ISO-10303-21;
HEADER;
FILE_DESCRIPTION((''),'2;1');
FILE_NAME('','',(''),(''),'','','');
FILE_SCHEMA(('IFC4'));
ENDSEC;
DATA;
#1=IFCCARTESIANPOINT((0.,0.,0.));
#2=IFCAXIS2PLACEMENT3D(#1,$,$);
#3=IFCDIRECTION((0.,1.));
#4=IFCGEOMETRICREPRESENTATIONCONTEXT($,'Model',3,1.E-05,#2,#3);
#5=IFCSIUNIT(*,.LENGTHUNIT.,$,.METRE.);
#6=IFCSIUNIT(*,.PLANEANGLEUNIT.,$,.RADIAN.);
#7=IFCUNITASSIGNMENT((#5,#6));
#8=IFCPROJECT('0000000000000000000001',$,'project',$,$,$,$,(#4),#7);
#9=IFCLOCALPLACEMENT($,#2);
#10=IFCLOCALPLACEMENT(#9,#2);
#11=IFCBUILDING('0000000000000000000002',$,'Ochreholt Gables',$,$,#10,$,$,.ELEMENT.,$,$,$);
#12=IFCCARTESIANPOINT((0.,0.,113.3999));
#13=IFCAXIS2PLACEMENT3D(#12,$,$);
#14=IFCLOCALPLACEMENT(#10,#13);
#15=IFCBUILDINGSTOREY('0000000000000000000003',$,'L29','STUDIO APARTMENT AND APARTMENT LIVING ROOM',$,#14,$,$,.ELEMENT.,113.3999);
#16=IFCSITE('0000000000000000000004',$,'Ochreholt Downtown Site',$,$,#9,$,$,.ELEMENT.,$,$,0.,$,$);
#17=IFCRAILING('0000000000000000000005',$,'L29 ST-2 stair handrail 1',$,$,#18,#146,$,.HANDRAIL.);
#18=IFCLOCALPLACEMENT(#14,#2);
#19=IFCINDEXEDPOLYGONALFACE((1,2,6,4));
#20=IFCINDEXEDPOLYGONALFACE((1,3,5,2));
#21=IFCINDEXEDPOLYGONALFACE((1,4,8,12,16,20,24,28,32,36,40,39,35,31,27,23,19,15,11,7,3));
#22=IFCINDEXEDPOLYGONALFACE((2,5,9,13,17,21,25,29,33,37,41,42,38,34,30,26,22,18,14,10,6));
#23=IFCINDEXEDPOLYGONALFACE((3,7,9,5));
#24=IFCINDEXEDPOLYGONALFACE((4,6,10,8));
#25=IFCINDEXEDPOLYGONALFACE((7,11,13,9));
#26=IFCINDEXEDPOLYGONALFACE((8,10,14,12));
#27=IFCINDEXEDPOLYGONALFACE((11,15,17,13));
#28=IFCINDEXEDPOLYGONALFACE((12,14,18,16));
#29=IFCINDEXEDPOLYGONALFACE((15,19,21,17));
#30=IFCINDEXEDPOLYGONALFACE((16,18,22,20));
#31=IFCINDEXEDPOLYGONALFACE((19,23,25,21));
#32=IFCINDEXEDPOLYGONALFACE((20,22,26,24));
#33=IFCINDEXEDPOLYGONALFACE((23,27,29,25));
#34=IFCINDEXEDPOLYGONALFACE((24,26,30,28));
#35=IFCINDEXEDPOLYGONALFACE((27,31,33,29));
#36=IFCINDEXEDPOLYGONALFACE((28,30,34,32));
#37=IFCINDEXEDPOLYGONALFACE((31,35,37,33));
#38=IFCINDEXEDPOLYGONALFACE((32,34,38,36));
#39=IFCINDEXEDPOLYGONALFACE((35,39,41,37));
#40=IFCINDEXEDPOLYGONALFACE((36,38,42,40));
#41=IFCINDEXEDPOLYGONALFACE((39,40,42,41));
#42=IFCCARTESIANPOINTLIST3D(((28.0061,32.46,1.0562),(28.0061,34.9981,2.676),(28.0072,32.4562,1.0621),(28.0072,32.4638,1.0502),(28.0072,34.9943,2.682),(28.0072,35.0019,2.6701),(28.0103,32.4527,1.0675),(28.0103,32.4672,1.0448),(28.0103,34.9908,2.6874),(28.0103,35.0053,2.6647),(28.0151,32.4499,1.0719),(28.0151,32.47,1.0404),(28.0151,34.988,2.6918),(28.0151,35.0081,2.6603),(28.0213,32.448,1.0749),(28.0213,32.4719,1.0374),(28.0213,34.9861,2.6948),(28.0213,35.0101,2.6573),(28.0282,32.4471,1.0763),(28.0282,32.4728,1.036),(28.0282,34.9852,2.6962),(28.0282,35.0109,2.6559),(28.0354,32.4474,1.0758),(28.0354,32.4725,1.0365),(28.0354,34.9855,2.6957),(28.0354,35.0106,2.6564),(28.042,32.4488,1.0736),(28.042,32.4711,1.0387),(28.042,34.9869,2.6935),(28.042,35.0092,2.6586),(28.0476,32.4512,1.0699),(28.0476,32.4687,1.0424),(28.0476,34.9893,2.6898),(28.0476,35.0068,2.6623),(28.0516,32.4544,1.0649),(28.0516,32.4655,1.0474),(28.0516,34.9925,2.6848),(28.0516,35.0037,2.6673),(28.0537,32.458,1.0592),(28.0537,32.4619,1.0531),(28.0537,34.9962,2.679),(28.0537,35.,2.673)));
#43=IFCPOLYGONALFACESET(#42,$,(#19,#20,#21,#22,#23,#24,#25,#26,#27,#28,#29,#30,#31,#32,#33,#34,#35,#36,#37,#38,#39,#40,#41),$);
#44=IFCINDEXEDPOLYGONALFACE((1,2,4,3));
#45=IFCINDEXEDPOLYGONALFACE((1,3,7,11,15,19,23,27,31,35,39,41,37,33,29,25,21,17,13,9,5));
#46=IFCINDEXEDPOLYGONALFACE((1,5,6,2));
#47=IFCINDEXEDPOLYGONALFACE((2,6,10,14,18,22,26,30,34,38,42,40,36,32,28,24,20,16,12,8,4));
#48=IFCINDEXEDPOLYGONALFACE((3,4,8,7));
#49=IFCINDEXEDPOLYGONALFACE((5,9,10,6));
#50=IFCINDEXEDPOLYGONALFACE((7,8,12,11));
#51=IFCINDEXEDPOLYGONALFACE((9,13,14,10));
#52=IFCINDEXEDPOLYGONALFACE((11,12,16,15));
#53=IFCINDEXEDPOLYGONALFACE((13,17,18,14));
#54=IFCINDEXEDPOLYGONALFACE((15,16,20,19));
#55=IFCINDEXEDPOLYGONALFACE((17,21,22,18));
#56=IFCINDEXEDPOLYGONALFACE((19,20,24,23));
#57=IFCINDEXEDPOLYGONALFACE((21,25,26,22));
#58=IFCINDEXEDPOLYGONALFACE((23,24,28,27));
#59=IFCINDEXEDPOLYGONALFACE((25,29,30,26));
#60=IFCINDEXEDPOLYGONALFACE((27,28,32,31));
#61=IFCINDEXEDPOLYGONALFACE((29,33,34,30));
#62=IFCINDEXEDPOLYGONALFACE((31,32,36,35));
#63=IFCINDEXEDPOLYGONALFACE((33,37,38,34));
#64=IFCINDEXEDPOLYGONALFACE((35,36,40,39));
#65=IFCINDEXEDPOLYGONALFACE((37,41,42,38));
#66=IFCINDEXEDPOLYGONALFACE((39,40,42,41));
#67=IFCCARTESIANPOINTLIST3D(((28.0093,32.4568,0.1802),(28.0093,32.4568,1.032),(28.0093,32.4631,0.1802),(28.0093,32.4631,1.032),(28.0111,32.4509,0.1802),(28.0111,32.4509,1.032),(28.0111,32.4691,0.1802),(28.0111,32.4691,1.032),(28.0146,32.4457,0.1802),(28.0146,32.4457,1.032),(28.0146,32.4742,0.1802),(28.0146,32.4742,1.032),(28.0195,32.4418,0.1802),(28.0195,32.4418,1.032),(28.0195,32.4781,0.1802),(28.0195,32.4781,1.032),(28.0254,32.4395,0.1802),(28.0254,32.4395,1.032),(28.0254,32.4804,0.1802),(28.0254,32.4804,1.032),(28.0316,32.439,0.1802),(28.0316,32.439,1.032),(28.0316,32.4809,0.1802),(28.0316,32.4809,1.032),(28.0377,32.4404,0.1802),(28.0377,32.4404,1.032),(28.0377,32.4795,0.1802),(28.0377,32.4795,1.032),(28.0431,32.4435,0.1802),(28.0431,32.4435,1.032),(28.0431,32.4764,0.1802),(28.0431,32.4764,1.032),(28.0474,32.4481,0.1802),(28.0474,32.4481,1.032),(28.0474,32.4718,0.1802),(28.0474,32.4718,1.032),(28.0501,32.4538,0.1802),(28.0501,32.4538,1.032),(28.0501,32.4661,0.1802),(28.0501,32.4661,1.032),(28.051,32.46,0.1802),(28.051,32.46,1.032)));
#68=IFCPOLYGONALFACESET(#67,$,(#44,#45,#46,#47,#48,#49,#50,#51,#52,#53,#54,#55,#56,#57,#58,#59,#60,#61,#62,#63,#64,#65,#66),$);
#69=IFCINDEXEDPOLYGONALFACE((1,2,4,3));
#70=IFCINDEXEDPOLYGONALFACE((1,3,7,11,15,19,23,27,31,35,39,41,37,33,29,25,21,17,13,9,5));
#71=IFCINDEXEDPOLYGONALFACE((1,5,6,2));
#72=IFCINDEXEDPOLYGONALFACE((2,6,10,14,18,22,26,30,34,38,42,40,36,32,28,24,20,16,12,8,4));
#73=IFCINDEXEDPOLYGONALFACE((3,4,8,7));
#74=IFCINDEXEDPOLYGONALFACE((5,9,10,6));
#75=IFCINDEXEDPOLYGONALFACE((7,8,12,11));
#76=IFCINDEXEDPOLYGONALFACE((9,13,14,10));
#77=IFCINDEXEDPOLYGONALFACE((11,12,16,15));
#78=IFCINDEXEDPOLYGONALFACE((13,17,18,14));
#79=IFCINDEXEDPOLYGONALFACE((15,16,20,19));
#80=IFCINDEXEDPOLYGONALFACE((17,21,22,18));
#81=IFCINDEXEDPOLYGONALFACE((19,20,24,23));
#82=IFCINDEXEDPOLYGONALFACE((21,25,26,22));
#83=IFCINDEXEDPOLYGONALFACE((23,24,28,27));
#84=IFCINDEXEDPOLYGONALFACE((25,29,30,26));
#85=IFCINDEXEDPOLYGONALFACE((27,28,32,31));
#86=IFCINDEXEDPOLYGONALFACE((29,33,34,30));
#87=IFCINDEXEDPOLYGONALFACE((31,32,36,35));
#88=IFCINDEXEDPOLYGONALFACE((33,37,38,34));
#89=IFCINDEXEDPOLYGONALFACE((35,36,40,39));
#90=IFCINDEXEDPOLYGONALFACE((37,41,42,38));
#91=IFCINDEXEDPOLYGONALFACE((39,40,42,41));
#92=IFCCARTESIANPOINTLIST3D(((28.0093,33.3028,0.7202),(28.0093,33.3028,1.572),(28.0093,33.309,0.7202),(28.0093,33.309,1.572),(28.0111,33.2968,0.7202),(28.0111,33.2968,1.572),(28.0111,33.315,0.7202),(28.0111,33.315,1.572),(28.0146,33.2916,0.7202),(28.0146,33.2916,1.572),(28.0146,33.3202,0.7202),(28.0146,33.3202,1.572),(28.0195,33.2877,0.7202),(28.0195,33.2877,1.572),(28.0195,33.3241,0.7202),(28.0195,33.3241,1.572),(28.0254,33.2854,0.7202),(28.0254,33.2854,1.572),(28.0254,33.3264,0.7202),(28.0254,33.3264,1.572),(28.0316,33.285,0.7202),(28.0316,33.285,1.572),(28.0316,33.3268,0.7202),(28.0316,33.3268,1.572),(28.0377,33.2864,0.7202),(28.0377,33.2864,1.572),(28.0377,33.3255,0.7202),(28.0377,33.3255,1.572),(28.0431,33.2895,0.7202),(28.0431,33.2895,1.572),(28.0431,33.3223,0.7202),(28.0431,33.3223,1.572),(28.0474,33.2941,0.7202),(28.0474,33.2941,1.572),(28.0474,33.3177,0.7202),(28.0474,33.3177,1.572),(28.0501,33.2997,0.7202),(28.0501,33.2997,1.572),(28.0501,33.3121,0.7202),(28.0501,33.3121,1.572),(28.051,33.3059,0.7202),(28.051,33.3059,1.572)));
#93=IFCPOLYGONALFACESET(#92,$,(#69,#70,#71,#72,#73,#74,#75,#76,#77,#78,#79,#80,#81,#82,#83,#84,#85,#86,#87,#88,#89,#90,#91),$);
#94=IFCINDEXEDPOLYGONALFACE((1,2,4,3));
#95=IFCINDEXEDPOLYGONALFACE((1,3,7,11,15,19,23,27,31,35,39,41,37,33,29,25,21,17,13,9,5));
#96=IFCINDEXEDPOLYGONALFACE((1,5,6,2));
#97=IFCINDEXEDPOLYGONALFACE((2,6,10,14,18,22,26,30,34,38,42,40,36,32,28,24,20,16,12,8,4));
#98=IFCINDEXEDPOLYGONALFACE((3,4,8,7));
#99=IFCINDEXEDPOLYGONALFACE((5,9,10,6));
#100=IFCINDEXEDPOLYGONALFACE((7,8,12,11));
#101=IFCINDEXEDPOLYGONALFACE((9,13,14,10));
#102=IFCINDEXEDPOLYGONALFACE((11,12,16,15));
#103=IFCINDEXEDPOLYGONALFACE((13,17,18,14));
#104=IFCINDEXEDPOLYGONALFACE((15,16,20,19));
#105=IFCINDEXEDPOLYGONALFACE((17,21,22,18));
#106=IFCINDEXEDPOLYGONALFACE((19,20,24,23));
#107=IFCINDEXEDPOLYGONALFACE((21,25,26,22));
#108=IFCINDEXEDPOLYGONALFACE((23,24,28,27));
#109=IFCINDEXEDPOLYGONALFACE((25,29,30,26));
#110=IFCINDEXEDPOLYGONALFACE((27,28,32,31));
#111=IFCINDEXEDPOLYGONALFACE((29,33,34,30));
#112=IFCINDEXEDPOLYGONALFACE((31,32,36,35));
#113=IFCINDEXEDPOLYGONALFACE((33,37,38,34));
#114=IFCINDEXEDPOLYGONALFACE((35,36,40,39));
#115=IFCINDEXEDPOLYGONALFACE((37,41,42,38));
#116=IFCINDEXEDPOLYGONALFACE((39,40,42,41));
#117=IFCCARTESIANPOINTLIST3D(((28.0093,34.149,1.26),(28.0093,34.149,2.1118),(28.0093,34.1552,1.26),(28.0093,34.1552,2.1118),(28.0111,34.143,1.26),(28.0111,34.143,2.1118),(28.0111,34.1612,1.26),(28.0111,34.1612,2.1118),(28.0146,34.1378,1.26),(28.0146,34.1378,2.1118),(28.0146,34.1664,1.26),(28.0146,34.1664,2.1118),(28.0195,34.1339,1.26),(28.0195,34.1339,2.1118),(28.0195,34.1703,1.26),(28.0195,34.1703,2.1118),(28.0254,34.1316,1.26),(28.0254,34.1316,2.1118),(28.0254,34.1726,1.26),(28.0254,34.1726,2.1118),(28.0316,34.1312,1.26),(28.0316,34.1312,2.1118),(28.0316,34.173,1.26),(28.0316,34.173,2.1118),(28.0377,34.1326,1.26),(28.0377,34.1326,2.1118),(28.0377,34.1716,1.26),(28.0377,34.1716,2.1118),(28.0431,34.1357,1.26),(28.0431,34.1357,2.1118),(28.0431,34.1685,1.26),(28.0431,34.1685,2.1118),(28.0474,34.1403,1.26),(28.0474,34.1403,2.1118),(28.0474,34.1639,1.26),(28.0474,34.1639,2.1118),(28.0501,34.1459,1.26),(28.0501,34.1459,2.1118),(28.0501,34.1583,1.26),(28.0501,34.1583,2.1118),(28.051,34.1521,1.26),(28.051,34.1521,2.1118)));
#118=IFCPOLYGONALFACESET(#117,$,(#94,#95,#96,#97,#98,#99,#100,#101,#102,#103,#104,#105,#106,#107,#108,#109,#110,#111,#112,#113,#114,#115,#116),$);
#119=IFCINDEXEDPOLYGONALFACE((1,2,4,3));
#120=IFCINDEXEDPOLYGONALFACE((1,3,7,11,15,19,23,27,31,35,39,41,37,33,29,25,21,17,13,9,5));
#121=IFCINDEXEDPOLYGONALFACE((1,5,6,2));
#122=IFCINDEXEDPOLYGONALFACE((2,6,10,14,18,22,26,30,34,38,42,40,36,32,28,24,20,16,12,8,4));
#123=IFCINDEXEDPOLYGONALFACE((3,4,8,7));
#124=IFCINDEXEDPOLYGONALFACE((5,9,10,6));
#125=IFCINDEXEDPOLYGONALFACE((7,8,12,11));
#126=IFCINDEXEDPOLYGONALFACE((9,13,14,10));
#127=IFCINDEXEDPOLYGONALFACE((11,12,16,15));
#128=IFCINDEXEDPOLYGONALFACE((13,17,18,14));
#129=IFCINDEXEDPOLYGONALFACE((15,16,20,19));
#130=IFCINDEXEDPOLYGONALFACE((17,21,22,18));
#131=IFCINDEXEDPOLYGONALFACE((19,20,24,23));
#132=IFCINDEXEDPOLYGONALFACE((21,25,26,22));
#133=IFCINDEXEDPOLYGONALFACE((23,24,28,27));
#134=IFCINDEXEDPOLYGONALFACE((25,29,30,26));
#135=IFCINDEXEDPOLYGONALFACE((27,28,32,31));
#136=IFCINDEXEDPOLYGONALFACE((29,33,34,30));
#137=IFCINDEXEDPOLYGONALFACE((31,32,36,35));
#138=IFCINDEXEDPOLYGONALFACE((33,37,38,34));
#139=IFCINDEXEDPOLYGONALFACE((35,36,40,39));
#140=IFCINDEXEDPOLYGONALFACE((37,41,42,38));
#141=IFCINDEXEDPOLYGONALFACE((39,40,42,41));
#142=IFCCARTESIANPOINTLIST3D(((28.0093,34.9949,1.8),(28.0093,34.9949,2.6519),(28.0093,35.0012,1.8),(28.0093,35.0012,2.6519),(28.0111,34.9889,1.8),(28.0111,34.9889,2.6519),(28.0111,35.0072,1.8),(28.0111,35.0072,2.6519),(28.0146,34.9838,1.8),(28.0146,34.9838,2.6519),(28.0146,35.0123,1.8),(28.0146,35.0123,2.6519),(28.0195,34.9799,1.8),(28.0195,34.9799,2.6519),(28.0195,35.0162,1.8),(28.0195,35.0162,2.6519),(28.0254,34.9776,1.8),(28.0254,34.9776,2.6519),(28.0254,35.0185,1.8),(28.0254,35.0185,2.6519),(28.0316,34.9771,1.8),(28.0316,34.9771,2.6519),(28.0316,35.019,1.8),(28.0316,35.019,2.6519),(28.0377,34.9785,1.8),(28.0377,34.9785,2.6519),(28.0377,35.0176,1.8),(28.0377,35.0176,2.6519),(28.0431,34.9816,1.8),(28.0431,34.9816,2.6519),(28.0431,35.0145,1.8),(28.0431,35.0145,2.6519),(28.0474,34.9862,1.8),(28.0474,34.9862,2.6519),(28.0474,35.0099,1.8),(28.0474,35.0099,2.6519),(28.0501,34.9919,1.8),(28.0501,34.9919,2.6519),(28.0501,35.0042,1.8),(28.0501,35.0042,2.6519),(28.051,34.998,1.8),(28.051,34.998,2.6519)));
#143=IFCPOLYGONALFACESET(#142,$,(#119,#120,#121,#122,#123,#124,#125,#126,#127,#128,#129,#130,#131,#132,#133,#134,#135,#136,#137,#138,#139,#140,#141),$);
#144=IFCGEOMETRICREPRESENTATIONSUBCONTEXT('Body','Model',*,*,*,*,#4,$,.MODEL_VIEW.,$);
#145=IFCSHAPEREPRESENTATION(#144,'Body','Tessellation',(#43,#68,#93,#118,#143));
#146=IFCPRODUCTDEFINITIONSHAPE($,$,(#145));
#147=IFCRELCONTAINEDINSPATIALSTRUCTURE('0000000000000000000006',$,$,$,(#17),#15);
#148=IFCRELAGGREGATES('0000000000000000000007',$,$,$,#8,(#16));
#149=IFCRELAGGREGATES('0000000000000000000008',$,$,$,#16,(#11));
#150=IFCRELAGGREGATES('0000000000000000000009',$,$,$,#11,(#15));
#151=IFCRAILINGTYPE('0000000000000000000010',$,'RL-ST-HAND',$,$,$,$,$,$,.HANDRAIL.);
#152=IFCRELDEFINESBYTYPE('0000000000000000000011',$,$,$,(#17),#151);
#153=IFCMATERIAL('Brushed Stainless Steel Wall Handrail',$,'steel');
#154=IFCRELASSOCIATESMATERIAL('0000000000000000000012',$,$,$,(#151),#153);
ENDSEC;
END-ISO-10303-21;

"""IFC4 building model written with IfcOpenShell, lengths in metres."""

from ifc_helpers import new_model, si_unit, direction, frame, origin, origin_2d, place, context, subcontext, project, spatial, circle, extrude, material, type_object, element, save


model = new_model("IFC4")

# Units and contexts
model_context = context("Model", 3, precision=1e-05, world=origin(), true_north=direction((0.0, 1.0)))
body_context = subcontext(model_context, "Body", "Model", "MODEL_VIEW")
ifc_project = project(units=[si_unit("LENGTHUNIT", "METRE"), si_unit("PLANEANGLEUNIT", "RADIAN")], contexts=[model_context])

# Site, building, storey
site_placement = place(None, origin())
site = spatial("IfcSite", under=ifc_project, at=site_placement, Name="Ochreholt Downtown Site", CompositionType="ELEMENT", RefElevation=0.0)
building_placement = place(site_placement, origin())
building = spatial("IfcBuilding", under=site, at=building_placement, Name="Ochreholt Gables", CompositionType="ELEMENT")
storey_placement = place(building_placement, frame((0.0, 0.0, 113.3999)))
storey = spatial("IfcBuildingStorey", under=building, at=storey_placement, Name="L29", Description="STUDIO APARTMENT AND APARTMENT LIVING ROOM", CompositionType="ELEMENT", Elevation=113.3999)

# Railing
ifc_material_1 = material(Name="Brushed Stainless Steel Wall Handrail", Category="steel")
railing_type_1 = type_object("IfcRailingType", Name="RL-ST-HAND", PredefinedType="HANDRAIL", material=ifc_material_1)
railing_1_placement = place(storey_placement, frame((28.03, 32.46, 0.1802)))
element("IfcRailing", 1, at=railing_1_placement, inside=storey, type_object=railing_type_1, Name="L29 ST-2 stair handrail 1", PredefinedType="HANDRAIL", context=body_context, shape_type="SweptSolid", body=[
    extrude(circle(Radius=0.0239, at=origin_2d()), frame((0.0, 0.0, 0.876), z_axis=(0.0, 0.84295, 0.537993), x_axis=(-1.0, 0.0, 0.0)), (0.0, 0.0, 1.0), 3.011),
    extrude(circle(Radius=0.021, at=origin_2d()), origin(), (0.0, 0.0, 1.0), 0.8518),
    extrude(circle(Radius=0.021, at=origin_2d()), frame((0.0, 0.8459, 0.54)), (0.0, 0.0, 1.0), 0.8518),
    extrude(circle(Radius=0.021, at=origin_2d()), frame((0.0, 1.6921, 1.0798)), (0.0, 0.0, 1.0), 0.8518),
    extrude(circle(Radius=0.021, at=origin_2d()), frame((0.0, 2.5381, 1.6199)), (0.0, 0.0, 1.0), 0.8518),
])

save(model, "model.ifc")
